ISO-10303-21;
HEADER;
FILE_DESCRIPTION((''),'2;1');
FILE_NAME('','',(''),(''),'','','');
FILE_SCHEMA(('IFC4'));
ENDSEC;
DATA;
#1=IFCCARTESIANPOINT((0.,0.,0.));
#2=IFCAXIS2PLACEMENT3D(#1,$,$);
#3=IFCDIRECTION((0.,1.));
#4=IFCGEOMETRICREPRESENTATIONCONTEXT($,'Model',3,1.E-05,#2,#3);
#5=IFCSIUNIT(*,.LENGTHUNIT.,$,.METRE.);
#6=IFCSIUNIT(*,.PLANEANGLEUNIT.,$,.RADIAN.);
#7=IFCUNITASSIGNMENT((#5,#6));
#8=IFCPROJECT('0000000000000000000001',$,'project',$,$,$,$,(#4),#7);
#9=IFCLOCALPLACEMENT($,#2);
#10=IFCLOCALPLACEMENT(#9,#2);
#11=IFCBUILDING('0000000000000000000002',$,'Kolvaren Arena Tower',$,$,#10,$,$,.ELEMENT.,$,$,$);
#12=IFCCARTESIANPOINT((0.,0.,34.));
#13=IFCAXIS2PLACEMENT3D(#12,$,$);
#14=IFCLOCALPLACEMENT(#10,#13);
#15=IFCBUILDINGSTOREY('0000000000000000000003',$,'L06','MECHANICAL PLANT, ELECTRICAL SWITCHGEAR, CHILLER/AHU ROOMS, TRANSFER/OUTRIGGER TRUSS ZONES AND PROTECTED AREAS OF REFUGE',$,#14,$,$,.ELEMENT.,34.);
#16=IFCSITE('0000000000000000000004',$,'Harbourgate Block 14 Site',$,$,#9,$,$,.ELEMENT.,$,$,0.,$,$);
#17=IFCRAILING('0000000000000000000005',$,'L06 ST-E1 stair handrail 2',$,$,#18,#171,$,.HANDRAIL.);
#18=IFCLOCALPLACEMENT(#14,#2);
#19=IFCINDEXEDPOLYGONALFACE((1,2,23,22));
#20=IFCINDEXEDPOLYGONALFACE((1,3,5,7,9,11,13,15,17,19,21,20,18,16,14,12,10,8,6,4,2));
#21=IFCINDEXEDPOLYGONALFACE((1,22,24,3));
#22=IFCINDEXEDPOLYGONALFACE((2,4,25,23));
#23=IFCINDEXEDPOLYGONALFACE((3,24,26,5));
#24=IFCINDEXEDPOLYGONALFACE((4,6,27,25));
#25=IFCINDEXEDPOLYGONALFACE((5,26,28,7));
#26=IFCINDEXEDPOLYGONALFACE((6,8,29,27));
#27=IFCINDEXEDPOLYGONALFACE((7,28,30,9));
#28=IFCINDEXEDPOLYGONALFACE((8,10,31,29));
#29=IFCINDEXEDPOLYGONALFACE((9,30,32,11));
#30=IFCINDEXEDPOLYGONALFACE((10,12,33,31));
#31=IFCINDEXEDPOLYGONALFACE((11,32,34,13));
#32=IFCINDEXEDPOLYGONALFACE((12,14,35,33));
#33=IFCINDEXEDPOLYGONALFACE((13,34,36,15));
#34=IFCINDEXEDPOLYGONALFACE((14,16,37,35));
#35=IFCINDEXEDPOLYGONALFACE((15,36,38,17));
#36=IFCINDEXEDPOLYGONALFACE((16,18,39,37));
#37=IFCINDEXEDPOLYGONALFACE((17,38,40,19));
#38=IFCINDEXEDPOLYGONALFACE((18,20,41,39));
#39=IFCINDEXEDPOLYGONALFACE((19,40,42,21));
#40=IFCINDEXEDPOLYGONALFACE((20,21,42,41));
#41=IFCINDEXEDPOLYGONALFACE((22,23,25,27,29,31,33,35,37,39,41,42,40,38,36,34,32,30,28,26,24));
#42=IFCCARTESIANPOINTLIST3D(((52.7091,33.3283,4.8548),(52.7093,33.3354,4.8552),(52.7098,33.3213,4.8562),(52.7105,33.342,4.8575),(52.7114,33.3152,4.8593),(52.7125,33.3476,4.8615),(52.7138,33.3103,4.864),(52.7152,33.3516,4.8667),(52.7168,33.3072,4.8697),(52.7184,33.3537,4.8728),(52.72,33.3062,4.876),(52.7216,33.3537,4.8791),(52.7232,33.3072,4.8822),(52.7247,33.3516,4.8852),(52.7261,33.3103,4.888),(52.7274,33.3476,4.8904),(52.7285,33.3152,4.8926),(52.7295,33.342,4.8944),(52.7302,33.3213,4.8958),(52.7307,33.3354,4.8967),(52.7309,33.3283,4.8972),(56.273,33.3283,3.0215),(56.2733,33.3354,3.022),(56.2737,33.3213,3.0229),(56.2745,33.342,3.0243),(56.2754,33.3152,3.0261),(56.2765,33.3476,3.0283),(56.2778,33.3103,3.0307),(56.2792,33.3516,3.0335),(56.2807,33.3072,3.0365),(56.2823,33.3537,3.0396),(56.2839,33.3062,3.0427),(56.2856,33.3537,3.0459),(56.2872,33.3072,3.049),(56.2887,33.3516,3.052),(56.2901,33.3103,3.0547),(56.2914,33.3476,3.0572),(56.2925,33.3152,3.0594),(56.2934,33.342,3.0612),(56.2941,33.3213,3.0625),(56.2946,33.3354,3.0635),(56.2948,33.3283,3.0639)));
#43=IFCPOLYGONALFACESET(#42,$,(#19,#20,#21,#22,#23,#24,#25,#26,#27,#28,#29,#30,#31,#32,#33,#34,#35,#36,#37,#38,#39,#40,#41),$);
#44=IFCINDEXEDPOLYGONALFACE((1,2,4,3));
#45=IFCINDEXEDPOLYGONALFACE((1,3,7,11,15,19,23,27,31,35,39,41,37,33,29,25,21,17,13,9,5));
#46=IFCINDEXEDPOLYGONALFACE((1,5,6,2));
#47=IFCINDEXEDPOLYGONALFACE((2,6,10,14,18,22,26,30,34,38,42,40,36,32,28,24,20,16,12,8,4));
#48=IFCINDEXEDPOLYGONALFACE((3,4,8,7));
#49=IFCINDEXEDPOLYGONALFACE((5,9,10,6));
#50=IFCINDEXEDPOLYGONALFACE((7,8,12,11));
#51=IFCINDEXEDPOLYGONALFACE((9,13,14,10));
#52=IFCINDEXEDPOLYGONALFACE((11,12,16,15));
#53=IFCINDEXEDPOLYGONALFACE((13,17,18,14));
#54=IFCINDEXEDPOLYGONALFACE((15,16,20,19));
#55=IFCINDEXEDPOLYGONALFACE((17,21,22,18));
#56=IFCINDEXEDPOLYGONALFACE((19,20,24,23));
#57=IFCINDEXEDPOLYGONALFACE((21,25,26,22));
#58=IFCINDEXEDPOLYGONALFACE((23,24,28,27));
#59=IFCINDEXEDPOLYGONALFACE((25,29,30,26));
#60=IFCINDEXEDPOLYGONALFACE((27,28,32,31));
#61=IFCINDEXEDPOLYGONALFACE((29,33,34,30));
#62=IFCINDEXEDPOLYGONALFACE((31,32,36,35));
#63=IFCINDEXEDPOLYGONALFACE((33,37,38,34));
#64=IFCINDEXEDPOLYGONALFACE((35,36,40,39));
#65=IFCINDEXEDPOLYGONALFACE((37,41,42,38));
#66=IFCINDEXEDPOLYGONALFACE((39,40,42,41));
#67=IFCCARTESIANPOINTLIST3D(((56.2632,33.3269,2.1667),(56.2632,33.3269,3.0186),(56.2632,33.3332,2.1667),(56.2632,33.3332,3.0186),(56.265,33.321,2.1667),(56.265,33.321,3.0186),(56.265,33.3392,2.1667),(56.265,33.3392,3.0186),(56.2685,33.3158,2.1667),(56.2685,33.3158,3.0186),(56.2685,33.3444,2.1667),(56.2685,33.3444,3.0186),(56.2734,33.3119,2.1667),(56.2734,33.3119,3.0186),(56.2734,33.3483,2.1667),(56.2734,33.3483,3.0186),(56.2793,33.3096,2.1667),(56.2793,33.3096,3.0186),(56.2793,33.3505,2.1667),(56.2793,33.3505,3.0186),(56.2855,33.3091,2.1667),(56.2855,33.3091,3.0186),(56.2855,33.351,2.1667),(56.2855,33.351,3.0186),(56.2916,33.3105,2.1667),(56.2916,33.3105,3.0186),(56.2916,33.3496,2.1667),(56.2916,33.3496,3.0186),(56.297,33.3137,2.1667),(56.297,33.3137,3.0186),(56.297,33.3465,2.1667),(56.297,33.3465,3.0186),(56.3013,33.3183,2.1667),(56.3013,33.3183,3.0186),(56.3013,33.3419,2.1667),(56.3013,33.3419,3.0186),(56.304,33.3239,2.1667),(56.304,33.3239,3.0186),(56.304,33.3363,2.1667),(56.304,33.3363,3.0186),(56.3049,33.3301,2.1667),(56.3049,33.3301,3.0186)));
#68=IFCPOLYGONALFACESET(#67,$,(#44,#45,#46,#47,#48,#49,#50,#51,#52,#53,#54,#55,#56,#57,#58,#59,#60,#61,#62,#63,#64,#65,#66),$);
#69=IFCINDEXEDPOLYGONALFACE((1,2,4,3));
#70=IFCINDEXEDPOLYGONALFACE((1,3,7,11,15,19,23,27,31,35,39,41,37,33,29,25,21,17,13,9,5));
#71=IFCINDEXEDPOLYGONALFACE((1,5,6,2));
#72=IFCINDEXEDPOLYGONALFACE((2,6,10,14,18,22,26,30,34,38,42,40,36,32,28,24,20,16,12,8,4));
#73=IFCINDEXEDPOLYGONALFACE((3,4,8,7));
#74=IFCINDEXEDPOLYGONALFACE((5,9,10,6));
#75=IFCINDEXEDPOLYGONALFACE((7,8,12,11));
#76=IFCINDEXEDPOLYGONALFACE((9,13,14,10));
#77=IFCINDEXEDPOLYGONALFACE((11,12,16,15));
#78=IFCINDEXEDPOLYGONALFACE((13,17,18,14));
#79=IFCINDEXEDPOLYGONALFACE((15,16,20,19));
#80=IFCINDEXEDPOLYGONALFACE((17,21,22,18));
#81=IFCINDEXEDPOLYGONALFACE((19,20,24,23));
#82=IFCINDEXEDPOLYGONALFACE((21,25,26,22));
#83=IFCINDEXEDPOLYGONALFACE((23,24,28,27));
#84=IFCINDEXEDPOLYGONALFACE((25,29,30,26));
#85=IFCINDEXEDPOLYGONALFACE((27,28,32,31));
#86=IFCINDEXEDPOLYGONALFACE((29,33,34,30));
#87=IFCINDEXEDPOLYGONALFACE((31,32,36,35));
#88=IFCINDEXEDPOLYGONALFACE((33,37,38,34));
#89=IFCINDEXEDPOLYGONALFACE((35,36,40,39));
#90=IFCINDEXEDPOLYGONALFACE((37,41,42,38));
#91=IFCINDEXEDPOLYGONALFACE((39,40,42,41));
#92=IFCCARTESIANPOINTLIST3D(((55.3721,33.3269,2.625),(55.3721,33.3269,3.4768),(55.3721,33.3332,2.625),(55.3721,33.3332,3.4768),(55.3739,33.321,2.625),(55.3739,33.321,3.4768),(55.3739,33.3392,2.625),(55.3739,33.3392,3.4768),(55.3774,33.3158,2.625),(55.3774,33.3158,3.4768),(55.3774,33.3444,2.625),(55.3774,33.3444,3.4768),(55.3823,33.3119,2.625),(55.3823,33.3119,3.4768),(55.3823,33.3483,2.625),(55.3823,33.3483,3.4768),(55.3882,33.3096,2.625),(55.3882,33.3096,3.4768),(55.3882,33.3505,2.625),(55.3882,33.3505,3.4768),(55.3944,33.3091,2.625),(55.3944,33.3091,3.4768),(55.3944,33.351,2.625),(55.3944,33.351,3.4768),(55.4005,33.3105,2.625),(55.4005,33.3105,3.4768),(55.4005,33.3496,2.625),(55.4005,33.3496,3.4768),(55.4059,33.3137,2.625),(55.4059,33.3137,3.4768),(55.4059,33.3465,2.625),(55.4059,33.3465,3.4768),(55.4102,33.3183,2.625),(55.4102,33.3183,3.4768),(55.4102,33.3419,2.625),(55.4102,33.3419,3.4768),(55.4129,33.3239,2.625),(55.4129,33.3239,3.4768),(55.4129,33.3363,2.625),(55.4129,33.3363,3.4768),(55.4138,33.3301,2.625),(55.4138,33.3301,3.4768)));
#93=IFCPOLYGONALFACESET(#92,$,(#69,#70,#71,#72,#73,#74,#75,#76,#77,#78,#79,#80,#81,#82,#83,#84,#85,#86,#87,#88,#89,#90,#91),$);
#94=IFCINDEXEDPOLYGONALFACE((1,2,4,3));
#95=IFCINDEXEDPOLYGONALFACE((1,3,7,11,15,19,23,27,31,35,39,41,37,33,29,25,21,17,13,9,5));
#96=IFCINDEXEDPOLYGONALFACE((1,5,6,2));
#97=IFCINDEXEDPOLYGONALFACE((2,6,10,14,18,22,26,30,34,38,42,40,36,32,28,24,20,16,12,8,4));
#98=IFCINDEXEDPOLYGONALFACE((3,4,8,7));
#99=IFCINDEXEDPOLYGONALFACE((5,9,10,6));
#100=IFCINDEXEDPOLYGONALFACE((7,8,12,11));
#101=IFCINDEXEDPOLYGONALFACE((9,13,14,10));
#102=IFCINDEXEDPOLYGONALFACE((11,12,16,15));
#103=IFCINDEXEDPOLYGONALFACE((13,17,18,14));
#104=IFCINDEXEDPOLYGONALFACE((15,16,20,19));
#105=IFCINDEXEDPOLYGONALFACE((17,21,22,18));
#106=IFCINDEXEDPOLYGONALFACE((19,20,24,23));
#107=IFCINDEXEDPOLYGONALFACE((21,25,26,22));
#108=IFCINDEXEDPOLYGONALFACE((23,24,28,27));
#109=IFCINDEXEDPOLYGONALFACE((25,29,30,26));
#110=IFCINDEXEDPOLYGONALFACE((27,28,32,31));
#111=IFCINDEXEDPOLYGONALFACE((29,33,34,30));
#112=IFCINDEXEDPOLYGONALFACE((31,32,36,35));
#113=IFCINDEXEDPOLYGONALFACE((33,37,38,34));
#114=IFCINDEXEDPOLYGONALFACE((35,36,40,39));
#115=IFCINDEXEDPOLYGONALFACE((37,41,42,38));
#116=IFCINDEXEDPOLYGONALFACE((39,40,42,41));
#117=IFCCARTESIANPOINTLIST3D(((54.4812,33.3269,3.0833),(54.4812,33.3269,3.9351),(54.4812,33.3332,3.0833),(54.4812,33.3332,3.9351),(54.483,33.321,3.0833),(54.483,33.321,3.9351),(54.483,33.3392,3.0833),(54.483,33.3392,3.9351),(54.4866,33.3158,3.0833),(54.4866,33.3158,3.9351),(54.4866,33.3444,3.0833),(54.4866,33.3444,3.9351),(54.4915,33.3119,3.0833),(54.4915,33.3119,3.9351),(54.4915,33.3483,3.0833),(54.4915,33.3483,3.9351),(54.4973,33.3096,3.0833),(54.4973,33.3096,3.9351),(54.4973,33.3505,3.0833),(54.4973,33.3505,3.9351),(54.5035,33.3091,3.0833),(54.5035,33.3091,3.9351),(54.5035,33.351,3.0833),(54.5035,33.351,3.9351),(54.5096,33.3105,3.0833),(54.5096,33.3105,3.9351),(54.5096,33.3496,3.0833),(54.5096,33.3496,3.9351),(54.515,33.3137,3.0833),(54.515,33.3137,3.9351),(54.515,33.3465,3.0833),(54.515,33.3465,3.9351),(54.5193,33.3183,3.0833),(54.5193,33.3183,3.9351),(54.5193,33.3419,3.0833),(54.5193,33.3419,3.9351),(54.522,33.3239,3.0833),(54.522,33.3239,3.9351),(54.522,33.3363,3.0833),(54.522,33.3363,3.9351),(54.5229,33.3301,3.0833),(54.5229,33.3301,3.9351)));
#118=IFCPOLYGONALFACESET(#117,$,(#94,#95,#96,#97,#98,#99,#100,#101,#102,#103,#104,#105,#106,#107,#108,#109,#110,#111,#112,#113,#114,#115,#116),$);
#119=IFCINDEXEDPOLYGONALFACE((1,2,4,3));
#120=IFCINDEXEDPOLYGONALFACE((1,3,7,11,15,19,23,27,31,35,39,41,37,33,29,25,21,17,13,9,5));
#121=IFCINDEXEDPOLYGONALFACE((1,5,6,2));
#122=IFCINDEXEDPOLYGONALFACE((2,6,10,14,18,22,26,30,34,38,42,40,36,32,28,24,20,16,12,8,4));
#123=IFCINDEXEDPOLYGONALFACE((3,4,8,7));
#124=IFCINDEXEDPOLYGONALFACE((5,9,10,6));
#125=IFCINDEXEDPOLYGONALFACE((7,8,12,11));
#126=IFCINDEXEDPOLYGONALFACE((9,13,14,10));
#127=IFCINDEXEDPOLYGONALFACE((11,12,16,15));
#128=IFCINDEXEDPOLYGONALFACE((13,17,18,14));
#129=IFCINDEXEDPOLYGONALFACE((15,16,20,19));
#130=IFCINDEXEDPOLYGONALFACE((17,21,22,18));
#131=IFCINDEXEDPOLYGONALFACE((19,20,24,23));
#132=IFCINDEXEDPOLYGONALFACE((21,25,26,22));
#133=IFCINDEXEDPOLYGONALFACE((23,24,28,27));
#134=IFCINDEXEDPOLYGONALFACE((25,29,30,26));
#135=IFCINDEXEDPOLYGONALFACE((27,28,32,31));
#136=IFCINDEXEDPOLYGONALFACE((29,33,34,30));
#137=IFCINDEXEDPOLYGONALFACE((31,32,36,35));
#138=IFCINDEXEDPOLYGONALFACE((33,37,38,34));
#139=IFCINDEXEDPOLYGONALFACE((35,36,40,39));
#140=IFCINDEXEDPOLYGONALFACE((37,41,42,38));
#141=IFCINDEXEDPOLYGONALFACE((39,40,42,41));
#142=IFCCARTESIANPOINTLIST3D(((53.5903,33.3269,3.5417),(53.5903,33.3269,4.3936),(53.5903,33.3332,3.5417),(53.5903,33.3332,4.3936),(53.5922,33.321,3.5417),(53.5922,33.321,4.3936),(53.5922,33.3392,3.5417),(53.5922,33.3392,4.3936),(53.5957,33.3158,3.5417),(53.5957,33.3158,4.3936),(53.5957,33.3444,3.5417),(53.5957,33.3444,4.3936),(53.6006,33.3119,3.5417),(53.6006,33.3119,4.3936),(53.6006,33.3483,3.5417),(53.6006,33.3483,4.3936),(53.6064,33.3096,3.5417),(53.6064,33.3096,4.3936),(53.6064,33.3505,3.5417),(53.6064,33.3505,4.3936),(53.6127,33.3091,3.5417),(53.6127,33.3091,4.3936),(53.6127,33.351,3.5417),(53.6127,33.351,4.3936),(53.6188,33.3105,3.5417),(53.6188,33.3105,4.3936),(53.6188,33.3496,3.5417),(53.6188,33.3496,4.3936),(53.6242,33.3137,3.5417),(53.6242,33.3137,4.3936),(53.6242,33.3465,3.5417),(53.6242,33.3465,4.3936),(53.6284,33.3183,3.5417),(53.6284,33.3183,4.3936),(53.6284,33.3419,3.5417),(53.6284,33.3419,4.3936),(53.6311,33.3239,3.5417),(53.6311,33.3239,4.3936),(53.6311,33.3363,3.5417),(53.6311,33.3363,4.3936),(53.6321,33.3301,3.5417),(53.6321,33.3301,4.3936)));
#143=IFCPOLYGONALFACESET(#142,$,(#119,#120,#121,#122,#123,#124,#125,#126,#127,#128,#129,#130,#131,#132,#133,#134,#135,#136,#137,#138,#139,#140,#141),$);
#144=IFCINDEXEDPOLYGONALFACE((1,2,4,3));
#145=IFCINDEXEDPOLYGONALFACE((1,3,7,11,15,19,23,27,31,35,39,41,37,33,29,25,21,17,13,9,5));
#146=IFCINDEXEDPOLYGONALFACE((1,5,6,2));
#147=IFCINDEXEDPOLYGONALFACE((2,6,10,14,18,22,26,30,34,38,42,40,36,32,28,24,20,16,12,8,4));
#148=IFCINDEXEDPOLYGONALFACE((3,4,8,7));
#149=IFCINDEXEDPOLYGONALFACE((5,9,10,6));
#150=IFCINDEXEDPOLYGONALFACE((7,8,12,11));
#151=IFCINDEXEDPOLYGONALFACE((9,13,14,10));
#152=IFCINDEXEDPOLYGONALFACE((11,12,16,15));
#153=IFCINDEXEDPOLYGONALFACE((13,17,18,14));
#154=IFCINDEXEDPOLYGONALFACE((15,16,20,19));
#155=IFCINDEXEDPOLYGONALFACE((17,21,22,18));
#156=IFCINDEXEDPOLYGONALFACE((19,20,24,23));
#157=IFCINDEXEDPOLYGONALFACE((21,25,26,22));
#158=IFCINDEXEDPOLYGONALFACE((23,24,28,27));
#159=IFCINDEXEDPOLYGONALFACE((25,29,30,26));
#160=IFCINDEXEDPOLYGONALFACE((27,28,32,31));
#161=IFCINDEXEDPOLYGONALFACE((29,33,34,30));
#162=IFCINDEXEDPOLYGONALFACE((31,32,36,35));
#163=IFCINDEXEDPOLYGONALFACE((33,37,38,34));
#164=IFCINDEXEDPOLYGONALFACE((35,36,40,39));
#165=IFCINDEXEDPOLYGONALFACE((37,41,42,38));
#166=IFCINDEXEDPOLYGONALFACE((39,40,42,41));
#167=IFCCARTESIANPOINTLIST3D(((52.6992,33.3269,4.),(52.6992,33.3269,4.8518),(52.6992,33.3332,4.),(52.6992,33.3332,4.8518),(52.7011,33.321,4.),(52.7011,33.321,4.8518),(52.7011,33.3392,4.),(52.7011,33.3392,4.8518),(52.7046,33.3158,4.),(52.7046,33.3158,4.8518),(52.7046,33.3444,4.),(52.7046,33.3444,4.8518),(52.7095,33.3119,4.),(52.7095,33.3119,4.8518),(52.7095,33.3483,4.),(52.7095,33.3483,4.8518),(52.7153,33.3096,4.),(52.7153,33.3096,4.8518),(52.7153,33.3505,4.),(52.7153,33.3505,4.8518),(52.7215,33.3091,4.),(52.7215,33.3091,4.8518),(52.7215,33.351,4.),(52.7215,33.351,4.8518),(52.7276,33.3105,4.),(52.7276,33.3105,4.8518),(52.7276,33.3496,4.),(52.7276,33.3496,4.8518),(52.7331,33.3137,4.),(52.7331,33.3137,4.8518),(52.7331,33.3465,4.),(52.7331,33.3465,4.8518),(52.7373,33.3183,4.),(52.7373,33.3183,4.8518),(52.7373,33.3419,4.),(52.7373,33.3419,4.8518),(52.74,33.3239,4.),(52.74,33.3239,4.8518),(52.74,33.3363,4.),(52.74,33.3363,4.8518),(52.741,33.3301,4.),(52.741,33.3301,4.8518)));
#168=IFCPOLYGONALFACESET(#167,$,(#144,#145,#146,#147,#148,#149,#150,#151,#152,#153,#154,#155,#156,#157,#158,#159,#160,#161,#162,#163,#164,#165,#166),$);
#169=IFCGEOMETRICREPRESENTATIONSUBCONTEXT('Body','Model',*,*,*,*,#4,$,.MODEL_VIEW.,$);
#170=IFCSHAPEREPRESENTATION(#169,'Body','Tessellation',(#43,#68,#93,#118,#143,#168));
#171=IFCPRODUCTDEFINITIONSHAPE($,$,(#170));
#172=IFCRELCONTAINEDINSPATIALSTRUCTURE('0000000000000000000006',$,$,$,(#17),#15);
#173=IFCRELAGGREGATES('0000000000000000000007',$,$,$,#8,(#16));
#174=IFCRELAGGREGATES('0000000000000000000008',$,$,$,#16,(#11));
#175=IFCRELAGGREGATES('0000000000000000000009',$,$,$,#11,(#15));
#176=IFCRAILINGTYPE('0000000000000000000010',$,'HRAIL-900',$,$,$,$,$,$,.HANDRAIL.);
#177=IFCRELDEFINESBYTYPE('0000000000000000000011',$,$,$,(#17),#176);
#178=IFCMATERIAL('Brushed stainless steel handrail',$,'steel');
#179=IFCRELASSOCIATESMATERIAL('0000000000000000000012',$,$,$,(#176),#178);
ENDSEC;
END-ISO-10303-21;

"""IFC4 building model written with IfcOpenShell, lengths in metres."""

from ifc_helpers import new_model, si_unit, direction, frame, origin, origin_2d, place, context, subcontext, project, spatial, circle, extrude, material, type_object, element, save


model = new_model("IFC4")

# Units and contexts
model_context = context("Model", 3, precision=1e-05, world=origin(), true_north=direction((0.0, 1.0)))
body_context = subcontext(model_context, "Body", "Model", "MODEL_VIEW")
ifc_project = project(units=[si_unit("LENGTHUNIT", "METRE"), si_unit("PLANEANGLEUNIT", "RADIAN")], contexts=[model_context])

# Site, building, storey
site_placement = place(None, origin())
site = spatial("IfcSite", under=ifc_project, at=site_placement, Name="Harbourgate Block 14 Site", CompositionType="ELEMENT", RefElevation=0.0)
building_placement = place(site_placement, origin())
building = spatial("IfcBuilding", under=site, at=building_placement, Name="Kolvaren Arena Tower", CompositionType="ELEMENT")
storey_placement = place(building_placement, frame((0.0, 0.0, 34.0)))
storey = spatial("IfcBuildingStorey", under=building, at=storey_placement, Name="L06", Description="MECHANICAL PLANT, ELECTRICAL SWITCHGEAR, CHILLER/AHU ROOMS, TRANSFER/OUTRIGGER TRUSS ZONES AND PROTECTED AREAS OF REFUGE", CompositionType="ELEMENT", Elevation=34.0)

# Railing
ifc_material_1 = material(Name="Brushed stainless steel handrail", Category="steel")
railing_type_1 = type_object("IfcRailingType", Name="HRAIL-900", PredefinedType="HANDRAIL", material=ifc_material_1)
railing_1_placement = place(storey_placement, frame((56.2839, 33.3301, 2.1667)))
element("IfcRailing", 1, at=railing_1_placement, inside=storey, type_object=railing_type_1, Name="L06 ST-E1 stair handrail 2", PredefinedType="HANDRAIL", context=body_context, shape_type="SweptSolid", body=[
    extrude(circle(Radius=0.0239, at=origin_2d()), frame((0.0, 0.0, 0.876), z_axis=(-0.889252, 0.0, 0.457418), x_axis=(0.0, -1.0, 0.0)), (0.0, 0.0, 1.0), 4.0078),
    extrude(circle(Radius=0.021, at=origin_2d()), origin(), (0.0, 0.0, 1.0), 0.8518),
    extrude(circle(Radius=0.021, at=origin_2d()), frame((-0.8911, 0.0, 0.4583)), (0.0, 0.0, 1.0), 0.8518),
    extrude(circle(Radius=0.021, at=origin_2d()), frame((-1.782, 0.0, 0.9165)), (0.0, 0.0, 1.0), 0.8518),
    extrude(circle(Radius=0.021, at=origin_2d()), frame((-2.6729, 0.0, 1.375)), (0.0, 0.0, 1.0), 0.8518),
    extrude(circle(Radius=0.021, at=origin_2d()), frame((-3.564, 0.0, 1.8333)), (0.0, 0.0, 1.0), 0.8518),
])

save(model, "model.ifc")
